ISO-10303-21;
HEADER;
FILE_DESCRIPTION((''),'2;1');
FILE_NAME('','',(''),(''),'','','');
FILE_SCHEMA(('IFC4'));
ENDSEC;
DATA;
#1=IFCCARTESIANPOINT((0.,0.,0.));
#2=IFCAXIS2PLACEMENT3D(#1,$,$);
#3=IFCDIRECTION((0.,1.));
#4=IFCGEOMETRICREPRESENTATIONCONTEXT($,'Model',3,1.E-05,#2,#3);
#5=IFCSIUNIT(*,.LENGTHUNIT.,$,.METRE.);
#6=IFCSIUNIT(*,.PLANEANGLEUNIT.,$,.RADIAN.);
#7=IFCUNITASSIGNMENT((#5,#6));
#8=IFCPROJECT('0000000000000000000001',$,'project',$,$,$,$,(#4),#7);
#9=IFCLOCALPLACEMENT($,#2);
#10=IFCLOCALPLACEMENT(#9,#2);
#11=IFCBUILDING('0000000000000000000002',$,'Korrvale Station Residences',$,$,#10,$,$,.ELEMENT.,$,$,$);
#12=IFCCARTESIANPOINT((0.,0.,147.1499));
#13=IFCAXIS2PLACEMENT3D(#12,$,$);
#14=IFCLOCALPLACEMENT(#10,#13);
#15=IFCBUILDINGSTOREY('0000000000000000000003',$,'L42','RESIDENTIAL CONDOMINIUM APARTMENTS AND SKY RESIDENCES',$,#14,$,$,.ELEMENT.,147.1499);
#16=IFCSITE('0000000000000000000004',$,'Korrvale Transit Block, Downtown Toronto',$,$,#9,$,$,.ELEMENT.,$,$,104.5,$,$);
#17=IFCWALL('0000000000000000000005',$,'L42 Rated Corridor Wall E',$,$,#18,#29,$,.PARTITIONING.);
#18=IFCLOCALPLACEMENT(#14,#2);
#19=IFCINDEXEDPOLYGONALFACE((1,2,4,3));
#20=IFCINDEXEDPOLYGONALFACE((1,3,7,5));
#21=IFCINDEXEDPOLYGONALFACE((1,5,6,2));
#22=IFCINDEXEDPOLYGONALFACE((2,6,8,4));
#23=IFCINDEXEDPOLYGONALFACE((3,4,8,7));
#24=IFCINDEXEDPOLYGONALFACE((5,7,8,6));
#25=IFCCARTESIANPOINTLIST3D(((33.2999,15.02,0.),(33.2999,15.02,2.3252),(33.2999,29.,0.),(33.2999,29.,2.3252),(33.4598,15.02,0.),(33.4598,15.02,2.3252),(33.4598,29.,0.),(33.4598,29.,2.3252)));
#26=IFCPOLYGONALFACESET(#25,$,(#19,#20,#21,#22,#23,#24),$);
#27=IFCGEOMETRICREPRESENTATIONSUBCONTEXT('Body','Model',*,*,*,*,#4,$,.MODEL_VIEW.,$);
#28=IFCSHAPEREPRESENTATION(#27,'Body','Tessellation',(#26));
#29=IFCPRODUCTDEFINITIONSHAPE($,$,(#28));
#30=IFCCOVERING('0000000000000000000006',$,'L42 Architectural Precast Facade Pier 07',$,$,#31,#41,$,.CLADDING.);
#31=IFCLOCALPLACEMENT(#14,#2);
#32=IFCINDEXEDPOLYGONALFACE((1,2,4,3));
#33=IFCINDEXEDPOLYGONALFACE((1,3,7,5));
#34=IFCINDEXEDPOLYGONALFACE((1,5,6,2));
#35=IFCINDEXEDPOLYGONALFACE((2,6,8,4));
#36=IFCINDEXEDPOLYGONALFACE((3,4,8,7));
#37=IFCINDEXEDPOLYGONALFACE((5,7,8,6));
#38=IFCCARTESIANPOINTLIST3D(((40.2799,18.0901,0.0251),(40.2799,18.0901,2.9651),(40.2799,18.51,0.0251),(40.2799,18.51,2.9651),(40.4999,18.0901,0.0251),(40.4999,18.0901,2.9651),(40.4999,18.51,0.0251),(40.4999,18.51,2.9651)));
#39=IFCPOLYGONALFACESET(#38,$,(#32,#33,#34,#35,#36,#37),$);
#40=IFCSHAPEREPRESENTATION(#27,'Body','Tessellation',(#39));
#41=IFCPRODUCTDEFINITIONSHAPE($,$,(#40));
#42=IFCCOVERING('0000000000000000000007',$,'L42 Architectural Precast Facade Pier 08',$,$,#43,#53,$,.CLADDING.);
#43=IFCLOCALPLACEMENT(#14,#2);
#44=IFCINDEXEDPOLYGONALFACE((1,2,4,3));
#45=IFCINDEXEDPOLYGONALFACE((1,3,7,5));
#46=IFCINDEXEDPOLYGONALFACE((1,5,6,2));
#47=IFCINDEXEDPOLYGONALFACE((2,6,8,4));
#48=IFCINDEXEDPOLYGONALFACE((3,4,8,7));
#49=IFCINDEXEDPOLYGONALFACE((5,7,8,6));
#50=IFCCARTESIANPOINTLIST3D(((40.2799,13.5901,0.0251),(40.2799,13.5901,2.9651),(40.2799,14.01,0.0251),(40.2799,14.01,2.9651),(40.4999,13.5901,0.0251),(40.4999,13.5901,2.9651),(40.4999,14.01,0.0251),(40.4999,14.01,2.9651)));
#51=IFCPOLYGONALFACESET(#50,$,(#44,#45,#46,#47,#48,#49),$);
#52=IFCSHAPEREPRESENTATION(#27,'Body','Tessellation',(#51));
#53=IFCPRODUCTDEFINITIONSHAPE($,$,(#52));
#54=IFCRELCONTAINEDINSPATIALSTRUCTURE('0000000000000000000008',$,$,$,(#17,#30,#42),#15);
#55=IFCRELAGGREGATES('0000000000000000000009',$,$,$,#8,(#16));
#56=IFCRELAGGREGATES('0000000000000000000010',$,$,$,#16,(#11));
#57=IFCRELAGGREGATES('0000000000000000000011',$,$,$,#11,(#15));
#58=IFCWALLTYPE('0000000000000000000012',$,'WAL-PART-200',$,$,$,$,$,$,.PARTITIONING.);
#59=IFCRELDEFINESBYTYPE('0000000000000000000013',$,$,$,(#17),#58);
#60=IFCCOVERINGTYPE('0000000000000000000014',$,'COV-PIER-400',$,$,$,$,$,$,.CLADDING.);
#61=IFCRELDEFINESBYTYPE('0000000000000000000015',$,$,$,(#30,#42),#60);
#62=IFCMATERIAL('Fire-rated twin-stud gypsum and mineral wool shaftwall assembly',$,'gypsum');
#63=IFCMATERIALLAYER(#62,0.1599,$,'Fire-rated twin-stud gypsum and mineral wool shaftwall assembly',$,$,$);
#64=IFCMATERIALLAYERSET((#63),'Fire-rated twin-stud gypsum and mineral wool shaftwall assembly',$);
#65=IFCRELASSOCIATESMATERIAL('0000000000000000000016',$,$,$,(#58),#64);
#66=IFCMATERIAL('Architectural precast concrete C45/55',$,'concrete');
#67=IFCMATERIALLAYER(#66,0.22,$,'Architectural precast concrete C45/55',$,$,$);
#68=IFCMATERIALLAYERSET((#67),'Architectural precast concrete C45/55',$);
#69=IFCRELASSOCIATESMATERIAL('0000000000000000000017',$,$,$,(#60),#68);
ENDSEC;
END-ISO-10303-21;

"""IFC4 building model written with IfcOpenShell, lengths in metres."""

from ifc_helpers import new_model, si_unit, direction, frame, frame_2d, origin, origin_2d, place, context, subcontext, project, spatial, rectangle, extrude, material, layer, layer_set, type_object, element, save


model = new_model("IFC4")

# Units and contexts
model_context = context("Model", 3, precision=1e-05, world=origin(), true_north=direction((0.0, 1.0)))
body_context = subcontext(model_context, "Body", "Model", "MODEL_VIEW")
ifc_project = project(units=[si_unit("LENGTHUNIT", "METRE"), si_unit("PLANEANGLEUNIT", "RADIAN")], contexts=[model_context])

# Site, building, storey
site_placement = place(None, origin())
site = spatial("IfcSite", under=ifc_project, at=site_placement, Name="Korrvale Transit Block, Downtown Toronto", CompositionType="ELEMENT", RefElevation=104.5)
building_placement = place(site_placement, origin())
building = spatial("IfcBuilding", under=site, at=building_placement, Name="Korrvale Station Residences", CompositionType="ELEMENT")
storey_placement = place(building_placement, frame((0.0, 0.0, 147.1499)))
storey = spatial("IfcBuildingStorey", under=building, at=storey_placement, Name="L42", Description="RESIDENTIAL CONDOMINIUM APARTMENTS AND SKY RESIDENCES", CompositionType="ELEMENT", Elevation=147.1499)

# Shared definitions
ifc_material_1 = material(Name="Fire-rated twin-stud gypsum and mineral wool shaftwall assembly", Category="gypsum")
ifc_layer_1 = layer(ifc_material_1, 0.1599, Name="Fire-rated twin-stud gypsum and mineral wool shaftwall assembly")
ifc_layer_set_1 = layer_set([ifc_layer_1], Name="Fire-rated twin-stud gypsum and mineral wool shaftwall assembly")
wall_type_1 = type_object("IfcWallType", Name="WAL-PART-200", PredefinedType="PARTITIONING", material=ifc_layer_set_1)

# Wall
wall_1_placement = place(storey_placement, frame((33.3799, 15.02, 0.0), z_axis=(0.0, 0.0, 1.0), x_axis=(0.0, 1.0, 0.0)))
element("IfcWall", 1, at=wall_1_placement, inside=storey, type_object=wall_type_1, Name="L42 Rated Corridor Wall E", PredefinedType="PARTITIONING", context=body_context, shape_type="SweptSolid", body=[
    extrude(rectangle(XDim=13.98, YDim=0.1599, at=frame_2d((6.99, 0.0))), origin(), (0.0, 0.0, 1.0), 2.3252),
])

# Coverings
ifc_material_2 = material(Name="Architectural precast concrete C45/55", Category="concrete")
ifc_layer_2 = layer(ifc_material_2, 0.22, Name="Architectural precast concrete C45/55")
ifc_layer_set_2 = layer_set([ifc_layer_2], Name="Architectural precast concrete C45/55")
covering_type = type_object("IfcCoveringType", Name="COV-PIER-400", PredefinedType="CLADDING", material=ifc_layer_set_2)
for number, where, z_axis, x_axis, name in (
    (2, (40.3899, 18.3, 0.0251), (0.0, 0.0, 1.0), (0.0, 1.0, 0.0), "L42 Architectural Precast Facade Pier 07"),
    (3, (40.3899, 13.8, 0.0251), (0.0, 0.0, 1.0), (0.0, 1.0, 0.0), "L42 Architectural Precast Facade Pier 08"),
):
    element("IfcCovering", number, at=place(storey_placement, frame(where, z_axis=z_axis, x_axis=x_axis)), inside=storey, type_object=covering_type, Name=name, PredefinedType="CLADDING", context=body_context, shape_type="SweptSolid", body=[
        extrude(rectangle(XDim=0.4199, YDim=0.22, at=origin_2d()), origin(), (0.0, 0.0, 1.0), 2.9399),
    ])

save(model, "model.ifc")
